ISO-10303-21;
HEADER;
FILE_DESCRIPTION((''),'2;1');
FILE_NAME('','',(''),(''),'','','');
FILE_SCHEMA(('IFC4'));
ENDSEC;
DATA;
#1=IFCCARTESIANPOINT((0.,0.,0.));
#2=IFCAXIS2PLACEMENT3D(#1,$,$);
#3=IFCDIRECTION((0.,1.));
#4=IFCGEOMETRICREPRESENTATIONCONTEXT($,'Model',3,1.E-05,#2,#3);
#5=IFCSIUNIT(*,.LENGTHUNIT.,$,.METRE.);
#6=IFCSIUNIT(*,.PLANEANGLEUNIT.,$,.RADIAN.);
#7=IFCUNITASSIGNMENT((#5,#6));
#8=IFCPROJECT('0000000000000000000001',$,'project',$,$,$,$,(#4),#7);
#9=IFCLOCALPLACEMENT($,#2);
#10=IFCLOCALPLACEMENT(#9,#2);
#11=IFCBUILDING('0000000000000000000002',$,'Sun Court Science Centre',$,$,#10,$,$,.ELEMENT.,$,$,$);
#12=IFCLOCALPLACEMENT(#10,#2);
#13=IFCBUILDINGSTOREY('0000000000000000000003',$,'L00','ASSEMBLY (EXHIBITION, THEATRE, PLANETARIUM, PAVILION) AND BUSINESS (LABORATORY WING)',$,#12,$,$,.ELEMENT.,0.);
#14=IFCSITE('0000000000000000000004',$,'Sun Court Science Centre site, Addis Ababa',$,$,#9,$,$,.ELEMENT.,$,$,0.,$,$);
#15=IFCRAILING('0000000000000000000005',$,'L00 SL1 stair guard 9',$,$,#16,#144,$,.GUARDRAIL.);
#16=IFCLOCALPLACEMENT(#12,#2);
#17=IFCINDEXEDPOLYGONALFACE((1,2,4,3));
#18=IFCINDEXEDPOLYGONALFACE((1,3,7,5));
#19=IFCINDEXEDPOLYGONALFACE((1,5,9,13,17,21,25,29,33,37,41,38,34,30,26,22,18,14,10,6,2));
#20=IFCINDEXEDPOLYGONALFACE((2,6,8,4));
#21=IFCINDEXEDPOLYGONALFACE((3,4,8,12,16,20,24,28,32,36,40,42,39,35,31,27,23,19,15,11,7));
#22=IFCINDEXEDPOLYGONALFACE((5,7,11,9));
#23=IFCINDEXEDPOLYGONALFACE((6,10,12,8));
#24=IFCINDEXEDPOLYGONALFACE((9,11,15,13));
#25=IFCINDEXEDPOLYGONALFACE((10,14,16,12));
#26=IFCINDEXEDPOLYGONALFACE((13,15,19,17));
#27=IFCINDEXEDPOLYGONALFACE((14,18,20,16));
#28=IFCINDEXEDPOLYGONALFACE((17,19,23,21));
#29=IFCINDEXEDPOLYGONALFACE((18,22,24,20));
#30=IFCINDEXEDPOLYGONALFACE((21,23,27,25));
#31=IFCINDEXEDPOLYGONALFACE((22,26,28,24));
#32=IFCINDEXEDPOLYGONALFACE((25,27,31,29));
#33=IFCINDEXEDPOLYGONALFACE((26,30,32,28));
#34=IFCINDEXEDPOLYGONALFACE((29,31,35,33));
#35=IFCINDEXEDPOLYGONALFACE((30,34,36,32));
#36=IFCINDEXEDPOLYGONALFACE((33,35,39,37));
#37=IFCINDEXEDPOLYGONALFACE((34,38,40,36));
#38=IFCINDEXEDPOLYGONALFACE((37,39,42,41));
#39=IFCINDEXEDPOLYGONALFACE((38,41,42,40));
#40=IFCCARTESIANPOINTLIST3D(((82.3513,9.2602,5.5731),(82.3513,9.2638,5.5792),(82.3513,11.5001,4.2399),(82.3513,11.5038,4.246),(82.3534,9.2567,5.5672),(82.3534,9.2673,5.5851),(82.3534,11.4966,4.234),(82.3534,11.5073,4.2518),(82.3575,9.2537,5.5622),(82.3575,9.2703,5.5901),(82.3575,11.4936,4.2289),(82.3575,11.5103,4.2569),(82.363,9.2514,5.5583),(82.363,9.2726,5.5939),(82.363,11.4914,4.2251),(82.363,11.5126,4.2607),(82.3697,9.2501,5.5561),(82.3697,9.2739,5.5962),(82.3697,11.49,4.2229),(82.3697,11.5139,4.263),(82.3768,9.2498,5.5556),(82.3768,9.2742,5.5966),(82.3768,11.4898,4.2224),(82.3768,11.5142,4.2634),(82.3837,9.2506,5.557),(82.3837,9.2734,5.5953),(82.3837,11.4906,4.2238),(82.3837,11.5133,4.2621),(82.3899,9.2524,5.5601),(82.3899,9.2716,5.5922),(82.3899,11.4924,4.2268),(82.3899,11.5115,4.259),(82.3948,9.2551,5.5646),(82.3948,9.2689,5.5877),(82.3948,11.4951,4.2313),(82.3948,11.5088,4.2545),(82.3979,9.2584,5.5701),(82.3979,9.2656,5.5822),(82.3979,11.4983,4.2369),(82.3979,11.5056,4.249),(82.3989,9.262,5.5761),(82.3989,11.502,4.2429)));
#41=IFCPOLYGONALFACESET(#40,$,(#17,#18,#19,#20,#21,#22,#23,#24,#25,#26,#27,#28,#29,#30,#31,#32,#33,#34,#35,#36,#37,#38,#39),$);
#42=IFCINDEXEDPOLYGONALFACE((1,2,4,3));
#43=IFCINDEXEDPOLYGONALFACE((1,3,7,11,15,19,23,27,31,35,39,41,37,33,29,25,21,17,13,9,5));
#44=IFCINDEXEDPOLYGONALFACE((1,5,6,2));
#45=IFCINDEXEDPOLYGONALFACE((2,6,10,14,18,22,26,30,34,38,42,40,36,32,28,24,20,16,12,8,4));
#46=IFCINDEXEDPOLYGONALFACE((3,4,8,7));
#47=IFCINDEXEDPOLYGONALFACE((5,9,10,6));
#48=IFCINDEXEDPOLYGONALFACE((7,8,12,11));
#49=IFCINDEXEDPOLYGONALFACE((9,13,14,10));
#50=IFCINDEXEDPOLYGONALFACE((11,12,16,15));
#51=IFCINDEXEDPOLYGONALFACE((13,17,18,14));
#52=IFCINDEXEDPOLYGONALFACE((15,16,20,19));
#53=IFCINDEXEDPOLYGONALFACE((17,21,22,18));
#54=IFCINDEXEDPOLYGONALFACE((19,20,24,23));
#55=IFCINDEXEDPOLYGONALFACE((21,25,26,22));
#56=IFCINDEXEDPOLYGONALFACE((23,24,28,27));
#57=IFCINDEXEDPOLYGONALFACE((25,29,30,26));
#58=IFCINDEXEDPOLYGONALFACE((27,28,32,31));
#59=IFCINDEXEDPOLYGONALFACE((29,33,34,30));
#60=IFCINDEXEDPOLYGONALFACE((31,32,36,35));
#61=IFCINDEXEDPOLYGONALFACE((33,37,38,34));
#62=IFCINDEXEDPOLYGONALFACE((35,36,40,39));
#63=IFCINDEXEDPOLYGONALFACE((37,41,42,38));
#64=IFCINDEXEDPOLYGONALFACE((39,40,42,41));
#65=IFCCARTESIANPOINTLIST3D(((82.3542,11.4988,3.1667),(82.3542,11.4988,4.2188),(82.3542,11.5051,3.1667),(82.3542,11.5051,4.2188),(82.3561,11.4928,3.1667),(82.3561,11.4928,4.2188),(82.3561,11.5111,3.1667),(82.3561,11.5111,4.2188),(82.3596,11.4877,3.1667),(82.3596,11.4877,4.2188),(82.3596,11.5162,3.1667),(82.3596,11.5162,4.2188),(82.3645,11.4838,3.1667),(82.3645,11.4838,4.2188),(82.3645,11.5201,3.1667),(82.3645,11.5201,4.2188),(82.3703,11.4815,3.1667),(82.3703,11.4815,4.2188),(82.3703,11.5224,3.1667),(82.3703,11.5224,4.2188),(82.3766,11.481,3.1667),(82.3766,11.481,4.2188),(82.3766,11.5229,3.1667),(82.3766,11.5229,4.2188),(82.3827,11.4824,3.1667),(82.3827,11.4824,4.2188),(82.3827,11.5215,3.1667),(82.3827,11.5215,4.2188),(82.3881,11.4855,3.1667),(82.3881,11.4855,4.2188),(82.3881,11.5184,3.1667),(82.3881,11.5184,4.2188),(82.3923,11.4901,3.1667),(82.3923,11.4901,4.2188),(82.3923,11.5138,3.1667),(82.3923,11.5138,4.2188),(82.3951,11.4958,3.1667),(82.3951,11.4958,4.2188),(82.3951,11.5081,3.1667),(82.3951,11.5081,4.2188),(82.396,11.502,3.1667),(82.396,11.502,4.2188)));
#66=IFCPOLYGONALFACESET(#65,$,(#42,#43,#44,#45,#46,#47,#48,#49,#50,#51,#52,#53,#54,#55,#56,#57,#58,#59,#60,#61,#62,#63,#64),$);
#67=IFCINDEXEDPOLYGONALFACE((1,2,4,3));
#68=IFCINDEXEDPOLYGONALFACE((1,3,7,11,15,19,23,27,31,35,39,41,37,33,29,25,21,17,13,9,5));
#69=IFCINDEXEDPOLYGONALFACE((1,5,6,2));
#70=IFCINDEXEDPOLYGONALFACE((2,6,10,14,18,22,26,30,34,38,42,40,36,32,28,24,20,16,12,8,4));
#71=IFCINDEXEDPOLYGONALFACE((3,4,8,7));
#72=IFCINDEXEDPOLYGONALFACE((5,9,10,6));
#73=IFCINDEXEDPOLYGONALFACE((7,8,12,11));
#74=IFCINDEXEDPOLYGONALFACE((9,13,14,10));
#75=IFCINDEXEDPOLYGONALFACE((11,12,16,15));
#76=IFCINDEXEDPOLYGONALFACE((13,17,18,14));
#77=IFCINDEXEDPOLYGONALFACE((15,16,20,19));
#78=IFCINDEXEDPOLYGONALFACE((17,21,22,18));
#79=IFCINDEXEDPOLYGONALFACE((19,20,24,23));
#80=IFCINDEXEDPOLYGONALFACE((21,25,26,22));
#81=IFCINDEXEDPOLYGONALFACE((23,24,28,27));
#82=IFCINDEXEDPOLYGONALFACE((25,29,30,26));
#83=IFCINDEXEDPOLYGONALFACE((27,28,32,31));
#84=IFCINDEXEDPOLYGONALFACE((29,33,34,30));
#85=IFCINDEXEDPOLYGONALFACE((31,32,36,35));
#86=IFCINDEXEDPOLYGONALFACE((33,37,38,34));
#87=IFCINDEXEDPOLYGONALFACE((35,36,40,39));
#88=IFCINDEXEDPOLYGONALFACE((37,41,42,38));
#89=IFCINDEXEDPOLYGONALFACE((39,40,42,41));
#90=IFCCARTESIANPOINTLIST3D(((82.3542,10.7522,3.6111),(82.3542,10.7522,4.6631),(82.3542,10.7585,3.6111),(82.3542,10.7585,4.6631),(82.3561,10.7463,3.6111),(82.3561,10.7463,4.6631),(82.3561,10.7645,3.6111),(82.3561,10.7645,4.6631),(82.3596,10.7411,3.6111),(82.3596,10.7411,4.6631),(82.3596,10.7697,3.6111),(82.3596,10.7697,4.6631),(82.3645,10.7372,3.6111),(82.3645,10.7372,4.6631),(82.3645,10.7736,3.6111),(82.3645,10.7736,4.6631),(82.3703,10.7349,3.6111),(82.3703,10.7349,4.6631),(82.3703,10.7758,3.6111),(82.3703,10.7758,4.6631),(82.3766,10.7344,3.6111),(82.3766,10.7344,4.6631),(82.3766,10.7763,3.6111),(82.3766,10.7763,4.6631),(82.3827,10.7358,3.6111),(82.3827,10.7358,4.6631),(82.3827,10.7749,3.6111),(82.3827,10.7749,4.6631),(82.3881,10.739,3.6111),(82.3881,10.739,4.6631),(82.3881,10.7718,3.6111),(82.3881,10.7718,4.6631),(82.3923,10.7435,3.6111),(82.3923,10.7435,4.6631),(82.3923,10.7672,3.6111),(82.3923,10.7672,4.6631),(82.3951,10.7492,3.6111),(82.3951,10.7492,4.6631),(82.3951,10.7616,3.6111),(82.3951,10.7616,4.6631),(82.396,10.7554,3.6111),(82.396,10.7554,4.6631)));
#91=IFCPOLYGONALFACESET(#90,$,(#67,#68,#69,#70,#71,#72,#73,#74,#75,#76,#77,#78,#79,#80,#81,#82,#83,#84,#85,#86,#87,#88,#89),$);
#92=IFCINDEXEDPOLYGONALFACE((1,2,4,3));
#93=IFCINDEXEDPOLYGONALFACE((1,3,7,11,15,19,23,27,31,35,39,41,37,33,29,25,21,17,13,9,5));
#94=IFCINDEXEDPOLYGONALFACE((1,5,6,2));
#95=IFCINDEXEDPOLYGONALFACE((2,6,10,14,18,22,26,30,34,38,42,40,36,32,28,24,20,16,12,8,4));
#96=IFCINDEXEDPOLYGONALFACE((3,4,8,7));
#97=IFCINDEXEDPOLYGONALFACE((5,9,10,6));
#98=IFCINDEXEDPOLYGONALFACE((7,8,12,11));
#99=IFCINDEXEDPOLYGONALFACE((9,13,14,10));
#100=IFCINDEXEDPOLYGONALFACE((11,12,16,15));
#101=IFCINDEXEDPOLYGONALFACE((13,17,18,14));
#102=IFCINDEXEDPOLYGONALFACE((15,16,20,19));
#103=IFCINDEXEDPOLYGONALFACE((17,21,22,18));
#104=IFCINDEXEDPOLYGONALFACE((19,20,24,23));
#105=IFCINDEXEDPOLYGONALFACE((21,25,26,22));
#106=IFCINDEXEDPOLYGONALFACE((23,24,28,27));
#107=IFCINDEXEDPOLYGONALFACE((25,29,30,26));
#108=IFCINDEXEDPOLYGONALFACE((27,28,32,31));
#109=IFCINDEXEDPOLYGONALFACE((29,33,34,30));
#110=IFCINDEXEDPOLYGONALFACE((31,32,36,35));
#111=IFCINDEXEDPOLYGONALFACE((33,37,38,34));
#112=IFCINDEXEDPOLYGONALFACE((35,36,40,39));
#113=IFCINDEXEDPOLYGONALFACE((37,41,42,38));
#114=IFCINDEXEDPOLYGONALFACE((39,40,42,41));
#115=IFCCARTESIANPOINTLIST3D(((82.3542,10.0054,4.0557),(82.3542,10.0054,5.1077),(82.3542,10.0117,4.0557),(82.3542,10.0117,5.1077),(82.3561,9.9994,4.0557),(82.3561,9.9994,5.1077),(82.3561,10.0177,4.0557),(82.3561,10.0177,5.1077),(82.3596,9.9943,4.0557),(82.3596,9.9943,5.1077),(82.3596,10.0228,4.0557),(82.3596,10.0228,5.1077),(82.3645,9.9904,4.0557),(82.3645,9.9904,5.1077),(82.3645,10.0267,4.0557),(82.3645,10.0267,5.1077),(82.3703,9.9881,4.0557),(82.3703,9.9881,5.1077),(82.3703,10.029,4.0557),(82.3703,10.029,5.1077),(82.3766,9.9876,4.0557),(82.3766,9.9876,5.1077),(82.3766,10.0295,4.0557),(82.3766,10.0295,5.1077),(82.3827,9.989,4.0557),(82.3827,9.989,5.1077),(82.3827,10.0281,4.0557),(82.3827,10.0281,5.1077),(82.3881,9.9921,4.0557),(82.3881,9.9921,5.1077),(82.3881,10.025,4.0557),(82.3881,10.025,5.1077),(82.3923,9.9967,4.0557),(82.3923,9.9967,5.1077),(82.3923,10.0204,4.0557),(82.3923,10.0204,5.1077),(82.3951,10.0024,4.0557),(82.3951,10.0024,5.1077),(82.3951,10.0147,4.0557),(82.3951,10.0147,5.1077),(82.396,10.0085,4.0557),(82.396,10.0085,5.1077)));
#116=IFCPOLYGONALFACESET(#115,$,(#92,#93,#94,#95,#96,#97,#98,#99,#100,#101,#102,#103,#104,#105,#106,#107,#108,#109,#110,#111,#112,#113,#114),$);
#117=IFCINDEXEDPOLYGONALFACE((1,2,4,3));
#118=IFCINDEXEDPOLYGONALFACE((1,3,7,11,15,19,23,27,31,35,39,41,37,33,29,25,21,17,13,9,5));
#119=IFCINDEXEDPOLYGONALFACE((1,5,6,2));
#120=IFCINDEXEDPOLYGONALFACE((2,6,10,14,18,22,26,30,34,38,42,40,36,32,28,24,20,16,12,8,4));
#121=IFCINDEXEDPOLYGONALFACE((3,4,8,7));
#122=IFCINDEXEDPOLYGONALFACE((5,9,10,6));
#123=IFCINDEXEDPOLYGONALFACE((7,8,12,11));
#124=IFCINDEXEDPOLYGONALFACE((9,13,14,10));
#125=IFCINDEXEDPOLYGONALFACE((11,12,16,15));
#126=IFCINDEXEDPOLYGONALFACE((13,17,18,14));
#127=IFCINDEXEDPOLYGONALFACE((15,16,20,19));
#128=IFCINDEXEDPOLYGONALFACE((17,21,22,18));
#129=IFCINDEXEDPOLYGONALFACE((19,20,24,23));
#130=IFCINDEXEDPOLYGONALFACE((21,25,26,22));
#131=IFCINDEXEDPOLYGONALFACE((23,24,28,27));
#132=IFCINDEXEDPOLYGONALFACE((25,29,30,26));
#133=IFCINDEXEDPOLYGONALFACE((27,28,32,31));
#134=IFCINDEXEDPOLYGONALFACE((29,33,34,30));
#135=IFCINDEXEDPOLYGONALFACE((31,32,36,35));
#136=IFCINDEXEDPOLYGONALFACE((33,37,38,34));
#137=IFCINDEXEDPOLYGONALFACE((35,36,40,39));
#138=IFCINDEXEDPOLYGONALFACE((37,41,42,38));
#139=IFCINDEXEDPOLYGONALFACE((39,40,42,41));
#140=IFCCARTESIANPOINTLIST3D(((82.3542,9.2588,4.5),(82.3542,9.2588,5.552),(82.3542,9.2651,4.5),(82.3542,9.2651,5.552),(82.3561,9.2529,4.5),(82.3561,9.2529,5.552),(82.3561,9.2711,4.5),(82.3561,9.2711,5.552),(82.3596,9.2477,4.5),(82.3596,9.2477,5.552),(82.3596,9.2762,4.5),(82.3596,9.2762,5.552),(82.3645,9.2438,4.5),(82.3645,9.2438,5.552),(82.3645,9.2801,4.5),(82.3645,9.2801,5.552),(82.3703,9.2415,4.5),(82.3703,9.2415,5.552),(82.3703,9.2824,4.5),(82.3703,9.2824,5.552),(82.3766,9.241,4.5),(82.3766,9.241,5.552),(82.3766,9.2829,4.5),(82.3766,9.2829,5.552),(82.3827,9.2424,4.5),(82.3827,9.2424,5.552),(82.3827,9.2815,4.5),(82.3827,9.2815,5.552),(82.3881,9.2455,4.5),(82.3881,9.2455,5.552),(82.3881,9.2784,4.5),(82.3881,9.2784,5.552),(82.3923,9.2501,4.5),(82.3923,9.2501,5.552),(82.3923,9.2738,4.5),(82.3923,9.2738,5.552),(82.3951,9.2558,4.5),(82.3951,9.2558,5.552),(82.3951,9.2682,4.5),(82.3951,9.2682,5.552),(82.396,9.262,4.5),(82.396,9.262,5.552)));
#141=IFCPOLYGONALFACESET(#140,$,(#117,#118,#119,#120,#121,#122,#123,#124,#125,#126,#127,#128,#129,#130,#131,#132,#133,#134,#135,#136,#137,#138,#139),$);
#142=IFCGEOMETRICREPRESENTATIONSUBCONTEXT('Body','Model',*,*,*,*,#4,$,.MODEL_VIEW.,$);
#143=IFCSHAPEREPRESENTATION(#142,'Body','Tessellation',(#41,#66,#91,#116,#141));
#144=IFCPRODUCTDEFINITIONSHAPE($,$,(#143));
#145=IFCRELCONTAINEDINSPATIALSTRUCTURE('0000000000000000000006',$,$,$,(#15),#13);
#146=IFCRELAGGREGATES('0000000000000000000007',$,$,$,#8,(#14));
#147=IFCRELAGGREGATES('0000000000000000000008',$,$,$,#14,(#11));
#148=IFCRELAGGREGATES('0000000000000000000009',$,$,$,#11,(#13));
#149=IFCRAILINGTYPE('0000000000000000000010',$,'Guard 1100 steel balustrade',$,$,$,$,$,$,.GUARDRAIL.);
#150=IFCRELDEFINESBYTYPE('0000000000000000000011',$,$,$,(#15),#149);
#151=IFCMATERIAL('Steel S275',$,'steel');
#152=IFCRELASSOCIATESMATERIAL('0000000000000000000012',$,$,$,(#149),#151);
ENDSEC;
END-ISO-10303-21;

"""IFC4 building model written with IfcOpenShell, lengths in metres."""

from ifc_helpers import new_model, si_unit, direction, frame, origin, origin_2d, place, context, subcontext, project, spatial, circle, extrude, material, type_object, element, save


model = new_model("IFC4")

# Units and contexts
model_context = context("Model", 3, precision=1e-05, world=origin(), true_north=direction((0.0, 1.0)))
body_context = subcontext(model_context, "Body", "Model", "MODEL_VIEW")
ifc_project = project(units=[si_unit("LENGTHUNIT", "METRE"), si_unit("PLANEANGLEUNIT", "RADIAN")], contexts=[model_context])

# Site, building, storey
site_placement = place(None, origin())
site = spatial("IfcSite", under=ifc_project, at=site_placement, Name="Sun Court Science Centre site, Addis Ababa", CompositionType="ELEMENT", RefElevation=0.0)
building_placement = place(site_placement, origin())
building = spatial("IfcBuilding", under=site, at=building_placement, Name="Sun Court Science Centre", CompositionType="ELEMENT")
storey_placement = place(building_placement, origin())
storey = spatial("IfcBuildingStorey", under=building, at=storey_placement, Name="L00", Description="ASSEMBLY (EXHIBITION, THEATRE, PLANETARIUM, PAVILION) AND BUSINESS (LABORATORY WING)", CompositionType="ELEMENT", Elevation=0.0)

# Railing
ifc_material_1 = material(Name="Steel S275", Category="steel")
railing_type_1 = type_object("IfcRailingType", Name="Guard 1100 steel balustrade", PredefinedType="GUARDRAIL", material=ifc_material_1)
railing_1_placement = place(storey_placement, frame((82.375, 11.502, 3.1667)))
element("IfcRailing", 1, at=railing_1_placement, inside=storey, type_object=railing_type_1, Name="L00 SL1 stair guard 9", PredefinedType="GUARDRAIL", context=body_context, shape_type="SweptSolid", body=[
    extrude(circle(Radius=0.0239, at=origin_2d()), frame((0.0, 0.0, 1.0762), z_axis=(0.0, -0.859306, 0.511462), x_axis=(1.0, 0.0, 0.0)), (0.0, 0.0, 1.0), 2.6067),
    extrude(circle(Radius=0.021, at=origin_2d()), origin(), (0.0, 0.0, 1.0), 1.052),
    extrude(circle(Radius=0.021, at=origin_2d()), frame((0.0, -0.7466, 0.4443)), (0.0, 0.0, 1.0), 1.052),
    extrude(circle(Radius=0.021, at=origin_2d()), frame((0.0, -1.4934, 0.8889)), (0.0, 0.0, 1.0), 1.052),
    extrude(circle(Radius=0.021, at=origin_2d()), frame((0.0, -2.24, 1.3333)), (0.0, 0.0, 1.0), 1.052),
])

save(model, "model.ifc")
